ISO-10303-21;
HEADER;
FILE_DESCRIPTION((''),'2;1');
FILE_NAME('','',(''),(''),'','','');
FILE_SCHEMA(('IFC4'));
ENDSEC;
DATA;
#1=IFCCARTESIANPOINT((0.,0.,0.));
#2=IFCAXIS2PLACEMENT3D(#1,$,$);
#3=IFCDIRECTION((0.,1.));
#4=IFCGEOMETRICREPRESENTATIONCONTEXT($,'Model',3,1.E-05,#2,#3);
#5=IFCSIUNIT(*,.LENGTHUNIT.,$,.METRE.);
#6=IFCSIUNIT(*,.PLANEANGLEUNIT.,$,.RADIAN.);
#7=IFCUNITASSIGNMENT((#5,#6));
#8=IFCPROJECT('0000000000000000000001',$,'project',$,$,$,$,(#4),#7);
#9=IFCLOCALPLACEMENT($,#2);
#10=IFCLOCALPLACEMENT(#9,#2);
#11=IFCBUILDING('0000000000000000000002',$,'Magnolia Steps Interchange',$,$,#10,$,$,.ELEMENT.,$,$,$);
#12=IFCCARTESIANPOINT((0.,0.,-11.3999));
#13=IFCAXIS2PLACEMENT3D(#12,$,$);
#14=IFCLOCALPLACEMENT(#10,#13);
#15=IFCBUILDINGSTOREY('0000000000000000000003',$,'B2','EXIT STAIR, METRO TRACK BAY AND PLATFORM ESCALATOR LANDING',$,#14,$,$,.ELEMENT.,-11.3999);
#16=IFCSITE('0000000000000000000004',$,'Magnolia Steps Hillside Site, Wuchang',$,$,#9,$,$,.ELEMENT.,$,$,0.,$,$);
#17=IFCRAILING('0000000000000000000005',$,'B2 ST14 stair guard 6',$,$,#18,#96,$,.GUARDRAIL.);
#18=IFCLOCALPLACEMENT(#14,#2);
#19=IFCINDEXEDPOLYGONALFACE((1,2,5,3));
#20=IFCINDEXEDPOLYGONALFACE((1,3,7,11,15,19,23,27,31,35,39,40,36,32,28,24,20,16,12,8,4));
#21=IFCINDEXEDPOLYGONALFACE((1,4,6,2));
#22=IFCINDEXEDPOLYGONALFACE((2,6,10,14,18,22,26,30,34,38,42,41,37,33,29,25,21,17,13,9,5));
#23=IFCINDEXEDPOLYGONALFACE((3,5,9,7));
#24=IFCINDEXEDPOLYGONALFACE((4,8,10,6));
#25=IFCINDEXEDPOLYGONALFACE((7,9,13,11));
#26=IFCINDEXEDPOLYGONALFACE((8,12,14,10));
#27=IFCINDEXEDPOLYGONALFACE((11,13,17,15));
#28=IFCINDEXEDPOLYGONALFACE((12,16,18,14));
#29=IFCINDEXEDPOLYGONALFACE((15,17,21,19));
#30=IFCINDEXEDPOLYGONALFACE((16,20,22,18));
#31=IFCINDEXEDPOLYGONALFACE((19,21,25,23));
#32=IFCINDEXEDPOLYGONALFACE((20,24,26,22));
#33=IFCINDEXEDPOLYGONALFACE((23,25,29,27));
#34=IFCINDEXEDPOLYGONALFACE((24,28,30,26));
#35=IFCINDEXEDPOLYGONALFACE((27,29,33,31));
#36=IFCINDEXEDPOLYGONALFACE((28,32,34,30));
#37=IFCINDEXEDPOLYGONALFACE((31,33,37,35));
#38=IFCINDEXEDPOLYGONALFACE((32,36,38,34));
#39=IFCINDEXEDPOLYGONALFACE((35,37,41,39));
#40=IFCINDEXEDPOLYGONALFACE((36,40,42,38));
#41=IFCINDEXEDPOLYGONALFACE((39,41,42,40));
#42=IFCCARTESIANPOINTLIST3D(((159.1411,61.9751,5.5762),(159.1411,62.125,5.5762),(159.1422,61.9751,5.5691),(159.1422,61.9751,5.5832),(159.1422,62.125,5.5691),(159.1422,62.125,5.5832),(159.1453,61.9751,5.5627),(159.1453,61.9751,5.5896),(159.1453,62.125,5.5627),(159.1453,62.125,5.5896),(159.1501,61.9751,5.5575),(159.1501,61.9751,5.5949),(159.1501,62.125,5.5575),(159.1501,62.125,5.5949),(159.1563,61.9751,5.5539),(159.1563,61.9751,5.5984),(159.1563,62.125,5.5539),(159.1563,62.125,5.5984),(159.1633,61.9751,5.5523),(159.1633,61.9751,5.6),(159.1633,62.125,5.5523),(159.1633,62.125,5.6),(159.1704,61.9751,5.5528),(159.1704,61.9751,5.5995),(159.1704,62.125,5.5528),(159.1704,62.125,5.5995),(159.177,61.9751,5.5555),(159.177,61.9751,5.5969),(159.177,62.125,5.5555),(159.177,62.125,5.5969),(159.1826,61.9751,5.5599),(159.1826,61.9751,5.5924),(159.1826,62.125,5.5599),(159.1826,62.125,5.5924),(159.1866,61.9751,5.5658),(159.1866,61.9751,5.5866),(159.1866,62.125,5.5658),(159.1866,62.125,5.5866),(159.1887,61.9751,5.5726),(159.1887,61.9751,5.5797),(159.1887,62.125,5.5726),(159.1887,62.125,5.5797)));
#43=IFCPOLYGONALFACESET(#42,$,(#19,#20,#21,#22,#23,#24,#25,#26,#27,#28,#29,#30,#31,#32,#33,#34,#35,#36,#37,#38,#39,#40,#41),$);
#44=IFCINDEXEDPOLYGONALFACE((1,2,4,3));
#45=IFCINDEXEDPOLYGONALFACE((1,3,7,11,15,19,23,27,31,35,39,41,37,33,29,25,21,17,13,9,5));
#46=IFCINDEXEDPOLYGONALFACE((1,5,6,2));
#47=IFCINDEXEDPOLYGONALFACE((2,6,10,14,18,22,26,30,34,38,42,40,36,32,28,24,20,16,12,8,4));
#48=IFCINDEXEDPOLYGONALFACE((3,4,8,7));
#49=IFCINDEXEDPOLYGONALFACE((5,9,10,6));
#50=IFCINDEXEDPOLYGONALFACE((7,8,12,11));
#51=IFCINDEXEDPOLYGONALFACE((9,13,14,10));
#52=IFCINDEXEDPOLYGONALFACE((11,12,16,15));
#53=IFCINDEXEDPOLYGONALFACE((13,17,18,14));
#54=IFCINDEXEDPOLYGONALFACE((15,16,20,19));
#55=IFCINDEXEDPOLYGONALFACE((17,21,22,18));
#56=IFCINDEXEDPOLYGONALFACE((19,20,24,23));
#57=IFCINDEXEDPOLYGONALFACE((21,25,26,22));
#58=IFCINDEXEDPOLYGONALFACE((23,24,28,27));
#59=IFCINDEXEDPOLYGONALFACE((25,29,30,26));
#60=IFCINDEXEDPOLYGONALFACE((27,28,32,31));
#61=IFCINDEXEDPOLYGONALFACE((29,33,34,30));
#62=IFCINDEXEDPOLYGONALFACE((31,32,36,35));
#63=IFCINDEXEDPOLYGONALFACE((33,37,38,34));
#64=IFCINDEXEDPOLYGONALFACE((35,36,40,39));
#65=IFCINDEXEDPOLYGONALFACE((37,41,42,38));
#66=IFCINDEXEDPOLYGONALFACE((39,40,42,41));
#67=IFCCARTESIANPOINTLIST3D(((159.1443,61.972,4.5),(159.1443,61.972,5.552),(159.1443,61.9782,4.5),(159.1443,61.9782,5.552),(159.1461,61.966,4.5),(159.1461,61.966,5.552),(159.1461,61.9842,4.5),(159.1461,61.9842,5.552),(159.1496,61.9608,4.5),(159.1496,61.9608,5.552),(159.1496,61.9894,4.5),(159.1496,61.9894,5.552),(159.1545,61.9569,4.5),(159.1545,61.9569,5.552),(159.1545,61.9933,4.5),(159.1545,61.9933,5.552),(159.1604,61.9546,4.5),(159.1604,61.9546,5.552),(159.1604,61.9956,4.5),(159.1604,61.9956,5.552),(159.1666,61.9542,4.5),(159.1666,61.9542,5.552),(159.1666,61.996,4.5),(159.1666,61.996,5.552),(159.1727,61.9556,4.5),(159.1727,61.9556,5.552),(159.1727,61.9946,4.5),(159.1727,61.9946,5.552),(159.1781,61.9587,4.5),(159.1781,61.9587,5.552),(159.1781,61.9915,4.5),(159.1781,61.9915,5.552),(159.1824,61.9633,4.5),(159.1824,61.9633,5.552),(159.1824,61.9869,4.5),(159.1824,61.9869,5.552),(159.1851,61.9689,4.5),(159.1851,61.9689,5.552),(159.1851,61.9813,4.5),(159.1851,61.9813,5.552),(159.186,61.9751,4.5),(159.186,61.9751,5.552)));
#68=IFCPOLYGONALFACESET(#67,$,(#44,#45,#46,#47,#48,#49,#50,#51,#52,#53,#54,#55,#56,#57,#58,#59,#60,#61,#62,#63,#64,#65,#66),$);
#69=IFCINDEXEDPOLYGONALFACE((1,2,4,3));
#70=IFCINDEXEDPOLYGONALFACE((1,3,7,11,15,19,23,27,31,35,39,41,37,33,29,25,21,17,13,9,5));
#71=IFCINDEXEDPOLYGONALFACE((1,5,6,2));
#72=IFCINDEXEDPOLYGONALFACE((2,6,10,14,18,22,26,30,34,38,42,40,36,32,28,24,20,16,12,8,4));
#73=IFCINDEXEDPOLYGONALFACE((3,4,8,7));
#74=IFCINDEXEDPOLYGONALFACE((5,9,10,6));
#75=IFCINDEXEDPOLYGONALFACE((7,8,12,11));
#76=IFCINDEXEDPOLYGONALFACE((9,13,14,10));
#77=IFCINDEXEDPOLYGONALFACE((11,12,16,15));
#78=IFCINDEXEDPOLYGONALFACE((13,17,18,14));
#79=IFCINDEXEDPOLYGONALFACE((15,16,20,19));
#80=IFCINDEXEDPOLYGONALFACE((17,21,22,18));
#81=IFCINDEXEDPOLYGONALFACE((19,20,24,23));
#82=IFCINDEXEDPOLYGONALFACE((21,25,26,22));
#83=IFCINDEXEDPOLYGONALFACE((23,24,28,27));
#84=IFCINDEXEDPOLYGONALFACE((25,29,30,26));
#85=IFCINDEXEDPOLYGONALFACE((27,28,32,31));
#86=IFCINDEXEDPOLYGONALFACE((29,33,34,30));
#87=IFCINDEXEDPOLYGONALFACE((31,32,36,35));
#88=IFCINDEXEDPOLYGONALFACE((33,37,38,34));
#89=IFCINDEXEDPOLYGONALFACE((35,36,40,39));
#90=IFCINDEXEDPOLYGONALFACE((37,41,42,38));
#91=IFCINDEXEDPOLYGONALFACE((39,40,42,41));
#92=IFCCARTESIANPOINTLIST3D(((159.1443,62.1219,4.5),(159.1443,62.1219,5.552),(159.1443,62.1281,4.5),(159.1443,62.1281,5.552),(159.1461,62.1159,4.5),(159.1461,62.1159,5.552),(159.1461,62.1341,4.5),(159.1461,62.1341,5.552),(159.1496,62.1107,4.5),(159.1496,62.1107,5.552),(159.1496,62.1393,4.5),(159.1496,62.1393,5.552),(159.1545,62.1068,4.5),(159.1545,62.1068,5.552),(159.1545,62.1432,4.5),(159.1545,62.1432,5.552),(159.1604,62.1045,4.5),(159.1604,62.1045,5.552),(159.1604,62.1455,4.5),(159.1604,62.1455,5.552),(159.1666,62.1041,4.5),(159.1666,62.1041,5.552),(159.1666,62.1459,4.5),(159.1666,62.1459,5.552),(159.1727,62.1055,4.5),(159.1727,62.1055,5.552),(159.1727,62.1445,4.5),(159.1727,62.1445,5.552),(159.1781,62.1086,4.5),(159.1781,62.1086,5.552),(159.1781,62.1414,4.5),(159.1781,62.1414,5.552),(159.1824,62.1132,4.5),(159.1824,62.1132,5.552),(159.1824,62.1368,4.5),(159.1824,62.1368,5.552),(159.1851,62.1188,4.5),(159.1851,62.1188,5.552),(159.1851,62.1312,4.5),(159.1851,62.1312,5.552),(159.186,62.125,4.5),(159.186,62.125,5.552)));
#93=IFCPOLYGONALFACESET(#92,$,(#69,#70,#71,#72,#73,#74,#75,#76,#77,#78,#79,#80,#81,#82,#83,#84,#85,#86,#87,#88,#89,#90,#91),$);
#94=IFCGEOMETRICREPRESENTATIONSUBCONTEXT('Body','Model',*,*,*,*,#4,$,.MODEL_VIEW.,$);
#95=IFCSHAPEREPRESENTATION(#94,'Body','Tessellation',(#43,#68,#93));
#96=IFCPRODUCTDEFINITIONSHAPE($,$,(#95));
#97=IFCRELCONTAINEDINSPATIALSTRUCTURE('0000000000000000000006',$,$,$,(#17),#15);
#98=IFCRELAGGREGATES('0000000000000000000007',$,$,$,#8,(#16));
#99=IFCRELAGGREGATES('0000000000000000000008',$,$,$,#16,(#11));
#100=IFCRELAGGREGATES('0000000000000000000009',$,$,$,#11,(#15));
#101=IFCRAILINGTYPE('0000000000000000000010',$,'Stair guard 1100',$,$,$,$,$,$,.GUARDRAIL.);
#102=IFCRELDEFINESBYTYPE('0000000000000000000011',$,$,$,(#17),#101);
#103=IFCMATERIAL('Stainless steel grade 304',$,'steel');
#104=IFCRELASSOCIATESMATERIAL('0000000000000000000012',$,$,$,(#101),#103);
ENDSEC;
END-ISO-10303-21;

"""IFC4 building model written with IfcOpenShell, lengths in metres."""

from ifc_helpers import new_model, si_unit, direction, frame, origin, origin_2d, place, context, subcontext, project, spatial, circle, extrude, material, type_object, element, save


model = new_model("IFC4")

# Units and contexts
model_context = context("Model", 3, precision=1e-05, world=origin(), true_north=direction((0.0, 1.0)))
body_context = subcontext(model_context, "Body", "Model", "MODEL_VIEW")
ifc_project = project(units=[si_unit("LENGTHUNIT", "METRE"), si_unit("PLANEANGLEUNIT", "RADIAN")], contexts=[model_context])

# Site, building, storey
site_placement = place(None, origin())
site = spatial("IfcSite", under=ifc_project, at=site_placement, Name="Magnolia Steps Hillside Site, Wuchang", CompositionType="ELEMENT", RefElevation=0.0)
building_placement = place(site_placement, origin())
building = spatial("IfcBuilding", under=site, at=building_placement, Name="Magnolia Steps Interchange", CompositionType="ELEMENT")
storey_placement = place(building_placement, frame((0.0, 0.0, -11.3999)))
storey = spatial("IfcBuildingStorey", under=building, at=storey_placement, Name="B2", Description="EXIT STAIR, METRO TRACK BAY AND PLATFORM ESCALATOR LANDING", CompositionType="ELEMENT", Elevation=-11.3999)

# Railing
ifc_material_1 = material(Name="Stainless steel grade 304", Category="steel")
railing_type_1 = type_object("IfcRailingType", Name="Stair guard 1100", PredefinedType="GUARDRAIL", material=ifc_material_1)
railing_1_placement = place(storey_placement, frame((159.165, 61.9751, 4.5)))
element("IfcRailing", 1, at=railing_1_placement, inside=storey, type_object=railing_type_1, Name="B2 ST14 stair guard 6", PredefinedType="GUARDRAIL", context=body_context, shape_type="SweptSolid", body=[
    extrude(circle(Radius=0.0239, at=origin_2d()), frame((0.0, 0.0, 1.0762), z_axis=(0.0, 1.0, 0.0), x_axis=(-1.0, 0.0, 0.0)), (0.0, 0.0, 1.0), 0.1499),
    extrude(circle(Radius=0.021, at=origin_2d()), origin(), (0.0, 0.0, 1.0), 1.052),
    extrude(circle(Radius=0.021, at=origin_2d()), frame((0.0, 0.1499, 0.0)), (0.0, 0.0, 1.0), 1.052),
])

save(model, "model.ifc")
